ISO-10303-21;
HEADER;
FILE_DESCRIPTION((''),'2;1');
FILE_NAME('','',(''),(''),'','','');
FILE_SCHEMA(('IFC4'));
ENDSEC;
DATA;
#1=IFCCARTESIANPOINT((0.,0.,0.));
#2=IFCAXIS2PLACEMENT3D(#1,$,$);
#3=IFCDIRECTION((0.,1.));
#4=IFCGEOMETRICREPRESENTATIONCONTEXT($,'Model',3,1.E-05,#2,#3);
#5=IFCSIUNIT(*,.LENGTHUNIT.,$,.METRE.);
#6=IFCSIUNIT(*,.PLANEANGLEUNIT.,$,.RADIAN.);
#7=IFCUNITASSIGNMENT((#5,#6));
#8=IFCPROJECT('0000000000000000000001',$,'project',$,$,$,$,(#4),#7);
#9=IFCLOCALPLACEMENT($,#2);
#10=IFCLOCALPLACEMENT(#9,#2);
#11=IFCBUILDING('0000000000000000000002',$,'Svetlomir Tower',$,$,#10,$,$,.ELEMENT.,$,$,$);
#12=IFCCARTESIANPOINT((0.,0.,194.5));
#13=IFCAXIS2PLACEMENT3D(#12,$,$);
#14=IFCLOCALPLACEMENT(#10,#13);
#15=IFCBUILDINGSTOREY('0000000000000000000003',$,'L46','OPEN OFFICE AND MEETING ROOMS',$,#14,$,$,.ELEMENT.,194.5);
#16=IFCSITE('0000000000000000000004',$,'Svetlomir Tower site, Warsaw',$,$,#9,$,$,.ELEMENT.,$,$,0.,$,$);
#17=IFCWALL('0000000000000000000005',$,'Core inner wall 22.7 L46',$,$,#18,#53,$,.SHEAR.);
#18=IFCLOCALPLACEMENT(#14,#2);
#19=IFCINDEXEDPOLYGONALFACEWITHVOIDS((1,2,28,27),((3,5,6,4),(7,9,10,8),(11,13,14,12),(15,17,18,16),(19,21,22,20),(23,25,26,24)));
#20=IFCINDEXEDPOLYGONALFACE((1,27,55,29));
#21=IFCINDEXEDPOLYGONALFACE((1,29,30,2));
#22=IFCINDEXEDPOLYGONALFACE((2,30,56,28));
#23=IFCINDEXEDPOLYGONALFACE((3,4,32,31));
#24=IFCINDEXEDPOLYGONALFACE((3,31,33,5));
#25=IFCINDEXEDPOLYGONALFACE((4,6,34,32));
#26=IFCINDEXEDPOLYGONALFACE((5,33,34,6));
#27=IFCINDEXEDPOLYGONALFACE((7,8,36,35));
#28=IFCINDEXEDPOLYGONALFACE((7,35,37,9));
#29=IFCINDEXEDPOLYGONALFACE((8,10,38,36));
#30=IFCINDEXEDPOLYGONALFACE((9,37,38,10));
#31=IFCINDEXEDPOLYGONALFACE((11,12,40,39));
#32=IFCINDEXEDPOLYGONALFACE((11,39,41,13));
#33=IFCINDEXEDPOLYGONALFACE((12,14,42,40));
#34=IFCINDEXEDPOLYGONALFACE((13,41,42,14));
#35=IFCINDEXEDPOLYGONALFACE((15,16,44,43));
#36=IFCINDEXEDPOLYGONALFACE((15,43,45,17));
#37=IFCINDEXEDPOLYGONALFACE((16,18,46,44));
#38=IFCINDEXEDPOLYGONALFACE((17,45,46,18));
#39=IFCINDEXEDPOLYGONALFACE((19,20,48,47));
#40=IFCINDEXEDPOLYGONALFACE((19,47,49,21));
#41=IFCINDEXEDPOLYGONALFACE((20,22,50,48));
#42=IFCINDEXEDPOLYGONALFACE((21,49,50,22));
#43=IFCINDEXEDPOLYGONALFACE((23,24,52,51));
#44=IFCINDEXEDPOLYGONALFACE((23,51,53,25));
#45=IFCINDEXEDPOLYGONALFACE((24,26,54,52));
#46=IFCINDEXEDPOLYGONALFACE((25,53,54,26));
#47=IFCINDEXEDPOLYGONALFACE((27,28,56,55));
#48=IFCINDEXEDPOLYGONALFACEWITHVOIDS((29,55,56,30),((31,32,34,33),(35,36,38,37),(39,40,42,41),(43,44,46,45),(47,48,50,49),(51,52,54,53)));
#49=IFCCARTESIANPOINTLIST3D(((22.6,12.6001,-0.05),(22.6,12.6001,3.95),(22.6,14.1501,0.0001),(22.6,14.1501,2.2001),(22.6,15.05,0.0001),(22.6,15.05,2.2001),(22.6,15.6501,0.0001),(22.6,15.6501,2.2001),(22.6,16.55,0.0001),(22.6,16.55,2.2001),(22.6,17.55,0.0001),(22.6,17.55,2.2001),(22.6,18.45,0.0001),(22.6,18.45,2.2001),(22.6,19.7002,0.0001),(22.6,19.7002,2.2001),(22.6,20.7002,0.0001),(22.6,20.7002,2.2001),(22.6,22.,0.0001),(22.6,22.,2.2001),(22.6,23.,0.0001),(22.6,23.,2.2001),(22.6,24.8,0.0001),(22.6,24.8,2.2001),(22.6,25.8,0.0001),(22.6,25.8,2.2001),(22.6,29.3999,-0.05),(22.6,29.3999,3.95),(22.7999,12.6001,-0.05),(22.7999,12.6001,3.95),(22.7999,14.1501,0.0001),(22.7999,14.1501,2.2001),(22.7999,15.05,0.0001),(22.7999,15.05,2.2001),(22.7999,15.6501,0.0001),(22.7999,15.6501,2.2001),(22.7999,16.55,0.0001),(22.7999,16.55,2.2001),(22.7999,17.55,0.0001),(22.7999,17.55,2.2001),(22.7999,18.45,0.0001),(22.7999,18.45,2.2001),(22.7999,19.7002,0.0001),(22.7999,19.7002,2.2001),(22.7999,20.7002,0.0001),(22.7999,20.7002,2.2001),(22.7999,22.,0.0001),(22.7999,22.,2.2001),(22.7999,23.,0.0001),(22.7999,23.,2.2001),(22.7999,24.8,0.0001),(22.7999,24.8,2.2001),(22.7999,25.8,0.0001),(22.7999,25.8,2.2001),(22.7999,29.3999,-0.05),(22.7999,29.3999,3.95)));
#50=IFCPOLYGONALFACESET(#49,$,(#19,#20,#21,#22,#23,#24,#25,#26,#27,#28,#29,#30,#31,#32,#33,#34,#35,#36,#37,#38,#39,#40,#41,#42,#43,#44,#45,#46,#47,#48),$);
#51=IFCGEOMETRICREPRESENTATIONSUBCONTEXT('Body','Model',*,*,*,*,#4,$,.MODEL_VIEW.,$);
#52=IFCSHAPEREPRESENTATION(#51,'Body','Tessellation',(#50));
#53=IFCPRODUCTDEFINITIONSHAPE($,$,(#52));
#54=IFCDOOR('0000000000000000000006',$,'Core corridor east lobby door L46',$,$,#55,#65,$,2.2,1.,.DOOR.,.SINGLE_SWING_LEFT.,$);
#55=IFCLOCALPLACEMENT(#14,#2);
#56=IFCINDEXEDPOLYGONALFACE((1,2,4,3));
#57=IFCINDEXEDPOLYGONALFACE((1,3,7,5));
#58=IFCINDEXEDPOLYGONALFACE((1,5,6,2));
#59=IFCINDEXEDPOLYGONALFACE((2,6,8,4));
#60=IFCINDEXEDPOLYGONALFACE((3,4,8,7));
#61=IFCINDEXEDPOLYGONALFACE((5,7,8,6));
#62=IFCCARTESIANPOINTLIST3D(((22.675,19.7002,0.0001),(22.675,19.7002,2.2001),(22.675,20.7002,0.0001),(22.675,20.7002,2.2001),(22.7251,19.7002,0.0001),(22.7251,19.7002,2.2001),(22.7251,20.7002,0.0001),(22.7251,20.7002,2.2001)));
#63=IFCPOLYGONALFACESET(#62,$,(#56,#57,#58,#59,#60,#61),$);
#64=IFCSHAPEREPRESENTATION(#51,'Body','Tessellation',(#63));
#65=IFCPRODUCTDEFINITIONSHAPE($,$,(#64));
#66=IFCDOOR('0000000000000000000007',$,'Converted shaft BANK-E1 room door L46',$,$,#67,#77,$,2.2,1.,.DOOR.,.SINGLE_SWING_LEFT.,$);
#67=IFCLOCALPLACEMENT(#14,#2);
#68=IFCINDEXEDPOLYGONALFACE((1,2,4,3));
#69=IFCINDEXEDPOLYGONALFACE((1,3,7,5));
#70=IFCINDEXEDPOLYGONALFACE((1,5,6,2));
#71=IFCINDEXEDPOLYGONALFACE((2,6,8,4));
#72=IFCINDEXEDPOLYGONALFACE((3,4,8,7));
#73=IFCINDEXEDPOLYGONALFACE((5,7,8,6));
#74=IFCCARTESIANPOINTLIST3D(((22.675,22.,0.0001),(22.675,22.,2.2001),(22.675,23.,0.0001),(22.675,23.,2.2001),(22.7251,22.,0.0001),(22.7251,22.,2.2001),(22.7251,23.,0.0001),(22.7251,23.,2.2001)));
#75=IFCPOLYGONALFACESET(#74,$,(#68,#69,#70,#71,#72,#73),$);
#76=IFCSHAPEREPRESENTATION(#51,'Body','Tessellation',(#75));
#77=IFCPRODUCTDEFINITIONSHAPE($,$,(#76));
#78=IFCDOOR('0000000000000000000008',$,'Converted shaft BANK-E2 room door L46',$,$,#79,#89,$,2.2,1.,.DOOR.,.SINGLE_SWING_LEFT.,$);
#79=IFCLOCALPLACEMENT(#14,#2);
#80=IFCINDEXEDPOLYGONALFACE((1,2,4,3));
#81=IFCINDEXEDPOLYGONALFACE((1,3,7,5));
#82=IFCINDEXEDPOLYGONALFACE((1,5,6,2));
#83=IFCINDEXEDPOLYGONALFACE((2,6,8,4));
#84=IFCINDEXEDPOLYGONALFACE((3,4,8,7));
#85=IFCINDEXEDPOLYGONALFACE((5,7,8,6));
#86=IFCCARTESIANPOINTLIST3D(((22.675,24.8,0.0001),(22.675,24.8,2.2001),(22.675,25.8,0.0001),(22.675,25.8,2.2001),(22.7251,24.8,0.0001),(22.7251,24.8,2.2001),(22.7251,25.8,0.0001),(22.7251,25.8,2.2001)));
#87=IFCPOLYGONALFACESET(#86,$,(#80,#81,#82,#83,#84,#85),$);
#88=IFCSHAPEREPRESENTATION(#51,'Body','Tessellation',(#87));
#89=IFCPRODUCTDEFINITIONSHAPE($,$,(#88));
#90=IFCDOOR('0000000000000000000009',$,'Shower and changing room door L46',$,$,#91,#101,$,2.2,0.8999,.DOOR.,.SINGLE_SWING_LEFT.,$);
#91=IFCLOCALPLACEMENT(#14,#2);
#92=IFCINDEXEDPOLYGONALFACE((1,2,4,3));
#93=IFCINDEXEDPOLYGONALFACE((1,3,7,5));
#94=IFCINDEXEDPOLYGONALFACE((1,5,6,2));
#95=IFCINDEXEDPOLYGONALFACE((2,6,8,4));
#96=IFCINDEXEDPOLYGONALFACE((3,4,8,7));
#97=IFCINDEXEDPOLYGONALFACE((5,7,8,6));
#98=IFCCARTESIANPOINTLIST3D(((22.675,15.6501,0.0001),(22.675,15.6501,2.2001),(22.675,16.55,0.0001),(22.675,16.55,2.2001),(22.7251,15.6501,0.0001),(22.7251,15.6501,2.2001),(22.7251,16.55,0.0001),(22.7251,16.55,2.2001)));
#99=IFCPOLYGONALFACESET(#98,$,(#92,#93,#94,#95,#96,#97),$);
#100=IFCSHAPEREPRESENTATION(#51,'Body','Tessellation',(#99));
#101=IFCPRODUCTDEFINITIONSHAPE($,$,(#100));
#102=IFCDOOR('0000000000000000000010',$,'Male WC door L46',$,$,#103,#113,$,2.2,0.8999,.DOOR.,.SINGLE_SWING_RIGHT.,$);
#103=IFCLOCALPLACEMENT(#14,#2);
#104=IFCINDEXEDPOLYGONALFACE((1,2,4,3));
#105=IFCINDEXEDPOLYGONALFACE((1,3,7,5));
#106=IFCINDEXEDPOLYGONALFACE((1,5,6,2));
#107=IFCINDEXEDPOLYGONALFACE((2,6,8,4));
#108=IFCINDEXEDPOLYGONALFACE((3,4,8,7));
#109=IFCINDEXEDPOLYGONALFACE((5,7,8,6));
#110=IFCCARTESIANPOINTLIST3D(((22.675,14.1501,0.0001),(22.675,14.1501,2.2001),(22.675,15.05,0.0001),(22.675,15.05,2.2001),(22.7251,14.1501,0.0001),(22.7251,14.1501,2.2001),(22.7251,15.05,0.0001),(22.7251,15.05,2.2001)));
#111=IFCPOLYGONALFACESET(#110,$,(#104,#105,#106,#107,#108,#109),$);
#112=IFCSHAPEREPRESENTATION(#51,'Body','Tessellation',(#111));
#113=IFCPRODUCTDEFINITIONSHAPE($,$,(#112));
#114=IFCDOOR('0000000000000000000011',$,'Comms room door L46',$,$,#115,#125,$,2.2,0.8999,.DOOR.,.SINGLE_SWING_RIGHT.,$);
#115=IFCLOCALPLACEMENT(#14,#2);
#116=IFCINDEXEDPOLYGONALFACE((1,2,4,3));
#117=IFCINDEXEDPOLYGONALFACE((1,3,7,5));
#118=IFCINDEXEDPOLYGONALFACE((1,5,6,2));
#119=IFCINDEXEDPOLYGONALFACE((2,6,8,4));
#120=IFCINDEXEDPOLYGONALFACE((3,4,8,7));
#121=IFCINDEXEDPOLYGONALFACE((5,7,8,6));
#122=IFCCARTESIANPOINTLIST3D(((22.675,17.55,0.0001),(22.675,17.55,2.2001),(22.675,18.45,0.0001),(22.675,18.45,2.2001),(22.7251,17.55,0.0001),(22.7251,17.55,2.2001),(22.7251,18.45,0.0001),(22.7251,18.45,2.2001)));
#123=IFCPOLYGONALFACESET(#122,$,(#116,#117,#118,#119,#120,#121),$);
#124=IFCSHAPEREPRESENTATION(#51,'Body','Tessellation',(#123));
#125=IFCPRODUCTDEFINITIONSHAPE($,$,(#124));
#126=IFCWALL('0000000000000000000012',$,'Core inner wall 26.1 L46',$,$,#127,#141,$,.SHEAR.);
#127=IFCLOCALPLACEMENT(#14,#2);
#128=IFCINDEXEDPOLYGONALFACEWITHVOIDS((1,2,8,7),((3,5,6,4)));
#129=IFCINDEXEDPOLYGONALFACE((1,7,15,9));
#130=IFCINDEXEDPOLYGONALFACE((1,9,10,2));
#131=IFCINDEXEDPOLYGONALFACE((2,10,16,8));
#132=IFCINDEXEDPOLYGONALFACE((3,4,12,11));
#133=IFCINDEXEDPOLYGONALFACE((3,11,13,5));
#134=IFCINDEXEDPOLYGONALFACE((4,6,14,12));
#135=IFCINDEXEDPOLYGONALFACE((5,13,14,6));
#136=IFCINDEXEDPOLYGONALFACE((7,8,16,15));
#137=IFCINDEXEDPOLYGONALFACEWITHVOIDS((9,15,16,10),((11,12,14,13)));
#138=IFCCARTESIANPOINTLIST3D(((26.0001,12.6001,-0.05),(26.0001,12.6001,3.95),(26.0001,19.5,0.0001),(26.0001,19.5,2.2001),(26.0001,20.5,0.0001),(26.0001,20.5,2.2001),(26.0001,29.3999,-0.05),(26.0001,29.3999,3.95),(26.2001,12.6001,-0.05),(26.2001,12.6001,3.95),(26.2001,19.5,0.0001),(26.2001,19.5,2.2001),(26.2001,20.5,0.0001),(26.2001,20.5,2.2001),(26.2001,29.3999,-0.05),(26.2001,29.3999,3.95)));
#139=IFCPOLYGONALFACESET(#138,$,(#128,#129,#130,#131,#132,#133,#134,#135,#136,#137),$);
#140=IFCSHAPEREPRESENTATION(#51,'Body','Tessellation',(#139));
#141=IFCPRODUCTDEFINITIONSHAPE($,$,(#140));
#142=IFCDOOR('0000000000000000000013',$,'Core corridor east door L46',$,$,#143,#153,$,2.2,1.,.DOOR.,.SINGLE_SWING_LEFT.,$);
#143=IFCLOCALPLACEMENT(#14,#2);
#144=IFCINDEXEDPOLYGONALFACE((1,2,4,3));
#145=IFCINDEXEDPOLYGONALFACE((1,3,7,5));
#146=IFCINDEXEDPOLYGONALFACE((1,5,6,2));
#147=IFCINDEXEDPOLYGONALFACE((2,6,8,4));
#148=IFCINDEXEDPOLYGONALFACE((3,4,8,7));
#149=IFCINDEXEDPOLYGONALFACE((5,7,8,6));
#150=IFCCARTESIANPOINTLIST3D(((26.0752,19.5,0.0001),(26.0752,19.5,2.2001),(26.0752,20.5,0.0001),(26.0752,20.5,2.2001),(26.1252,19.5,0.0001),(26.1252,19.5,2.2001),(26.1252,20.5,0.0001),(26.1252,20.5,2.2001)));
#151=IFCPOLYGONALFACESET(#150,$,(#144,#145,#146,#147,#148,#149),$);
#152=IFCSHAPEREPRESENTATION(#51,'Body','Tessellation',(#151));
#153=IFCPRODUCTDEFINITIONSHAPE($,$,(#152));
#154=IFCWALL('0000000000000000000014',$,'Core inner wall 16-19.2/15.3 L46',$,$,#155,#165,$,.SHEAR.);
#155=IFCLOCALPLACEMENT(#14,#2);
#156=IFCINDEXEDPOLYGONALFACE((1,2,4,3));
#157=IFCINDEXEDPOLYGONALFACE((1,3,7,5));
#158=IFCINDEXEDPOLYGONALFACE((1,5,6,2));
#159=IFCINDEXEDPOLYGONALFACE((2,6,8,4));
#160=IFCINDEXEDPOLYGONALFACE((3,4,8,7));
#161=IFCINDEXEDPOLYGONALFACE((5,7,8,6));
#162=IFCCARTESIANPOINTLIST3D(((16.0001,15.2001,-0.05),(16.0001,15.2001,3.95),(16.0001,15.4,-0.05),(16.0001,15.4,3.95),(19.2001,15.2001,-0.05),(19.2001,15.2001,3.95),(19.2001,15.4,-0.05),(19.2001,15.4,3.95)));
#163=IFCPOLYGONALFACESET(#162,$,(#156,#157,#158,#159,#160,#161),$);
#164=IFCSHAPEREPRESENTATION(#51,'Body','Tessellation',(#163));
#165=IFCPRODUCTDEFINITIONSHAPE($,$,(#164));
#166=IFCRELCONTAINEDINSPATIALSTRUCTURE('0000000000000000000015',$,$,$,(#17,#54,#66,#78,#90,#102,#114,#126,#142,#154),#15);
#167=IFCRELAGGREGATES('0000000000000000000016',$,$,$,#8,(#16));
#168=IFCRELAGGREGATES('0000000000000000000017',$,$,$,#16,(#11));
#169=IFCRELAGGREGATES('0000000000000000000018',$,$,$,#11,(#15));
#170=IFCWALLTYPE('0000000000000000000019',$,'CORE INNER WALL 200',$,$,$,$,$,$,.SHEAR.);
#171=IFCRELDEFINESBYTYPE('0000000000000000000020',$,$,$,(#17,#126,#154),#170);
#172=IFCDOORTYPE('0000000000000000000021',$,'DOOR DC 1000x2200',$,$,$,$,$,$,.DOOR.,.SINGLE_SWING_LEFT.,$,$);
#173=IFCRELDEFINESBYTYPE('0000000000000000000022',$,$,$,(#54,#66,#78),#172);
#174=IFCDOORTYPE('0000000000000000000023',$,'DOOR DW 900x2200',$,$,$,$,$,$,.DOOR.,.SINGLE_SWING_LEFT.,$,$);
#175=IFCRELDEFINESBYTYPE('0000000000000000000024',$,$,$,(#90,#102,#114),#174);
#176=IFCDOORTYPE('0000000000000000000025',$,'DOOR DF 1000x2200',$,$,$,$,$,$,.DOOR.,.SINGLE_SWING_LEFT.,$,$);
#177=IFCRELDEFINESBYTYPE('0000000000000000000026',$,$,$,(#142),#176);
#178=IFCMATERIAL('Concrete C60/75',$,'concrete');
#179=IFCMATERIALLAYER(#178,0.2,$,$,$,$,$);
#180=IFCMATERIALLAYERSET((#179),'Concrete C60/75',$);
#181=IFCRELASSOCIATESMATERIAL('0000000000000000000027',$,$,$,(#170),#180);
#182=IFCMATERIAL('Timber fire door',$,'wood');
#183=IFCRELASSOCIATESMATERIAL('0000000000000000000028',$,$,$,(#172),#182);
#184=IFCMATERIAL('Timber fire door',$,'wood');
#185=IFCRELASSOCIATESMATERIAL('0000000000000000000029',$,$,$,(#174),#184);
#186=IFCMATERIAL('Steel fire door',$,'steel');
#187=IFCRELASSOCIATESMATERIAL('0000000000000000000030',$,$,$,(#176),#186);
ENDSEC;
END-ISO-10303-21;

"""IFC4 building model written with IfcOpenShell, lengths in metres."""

from ifc_helpers import new_model, si_unit, direction, frame, frame_2d, origin, place, context, subcontext, project, spatial, rectangle, extrude, material, layer, layer_set, type_object, element, fill, save


model = new_model("IFC4")

# Units and contexts
model_context = context("Model", 3, precision=1e-05, world=origin(), true_north=direction((0.0, 1.0)))
body_context = subcontext(model_context, "Body", "Model", "MODEL_VIEW")
ifc_project = project(units=[si_unit("LENGTHUNIT", "METRE"), si_unit("PLANEANGLEUNIT", "RADIAN")], contexts=[model_context])

# Site, building, storey
site_placement = place(None, origin())
site = spatial("IfcSite", under=ifc_project, at=site_placement, Name="Svetlomir Tower site, Warsaw", CompositionType="ELEMENT", RefElevation=0.0)
building_placement = place(site_placement, origin())
building = spatial("IfcBuilding", under=site, at=building_placement, Name="Svetlomir Tower", CompositionType="ELEMENT")
storey_placement = place(building_placement, frame((0.0, 0.0, 194.5)))
storey = spatial("IfcBuildingStorey", under=building, at=storey_placement, Name="L46", Description="OPEN OFFICE AND MEETING ROOMS", CompositionType="ELEMENT", Elevation=194.5)

# Wall, openings, doors
ifc_material_1 = material(Name="Concrete C60/75", Category="concrete")
ifc_layer_1 = layer(ifc_material_1, 0.2)
ifc_layer_set_1 = layer_set([ifc_layer_1], Name="Concrete C60/75")
wall_type_1 = type_object("IfcWallType", Name="CORE INNER WALL 200", PredefinedType="SHEAR", material=ifc_layer_set_1)
wall_1_placement = place(storey_placement, frame((22.7, 12.6001, -0.05), z_axis=(0.0, 0.0, 1.0), x_axis=(0.0, 1.0, 0.0)))
wall_1 = element("IfcWall", 1, at=wall_1_placement, inside=storey, type_object=wall_type_1, Name="Core inner wall 22.7 L46", PredefinedType="SHEAR", context=body_context, shape_type="SweptSolid", body=[
    extrude(rectangle(XDim=16.7998, YDim=0.2, at=frame_2d((8.3999, 0.0))), origin(), (0.0, 0.0, 1.0), 4.0),
])
opening_1_placement = place(wall_1_placement, frame((3.05, 0.0, 0.05)))
opening_1 = element("IfcOpeningElement", 2, at=opening_1_placement, cuts=wall_1, PredefinedType="OPENING", context=body_context, shape_type="SweptSolid", body=[
    extrude(rectangle(XDim=0.8999, YDim=2.2, at=frame_2d((0.45, 1.1001))), frame((0.0, 0.1099, 0.0), z_axis=(0.0, -1.0, 0.0), x_axis=(1.0, 0.0, 0.0)), (0.0, 0.0, 1.0), 0.22),
])
opening_2_placement = place(wall_1_placement, frame((7.1001, 0.0, 0.05)))
opening_2 = element("IfcOpeningElement", 3, at=opening_2_placement, cuts=wall_1, PredefinedType="OPENING", context=body_context, shape_type="SweptSolid", body=[
    extrude(rectangle(XDim=1.0, YDim=2.2, at=frame_2d((0.5, 1.1001))), frame((0.0, 0.1099, 0.0), z_axis=(0.0, -1.0, 0.0), x_axis=(1.0, 0.0, 0.0)), (0.0, 0.0, 1.0), 0.22),
])
opening_3_placement = place(wall_1_placement, frame((1.55, 0.0, 0.05)))
opening_3 = element("IfcOpeningElement", 4, at=opening_3_placement, cuts=wall_1, PredefinedType="OPENING", context=body_context, shape_type="SweptSolid", body=[
    extrude(rectangle(XDim=0.8999, YDim=2.2, at=frame_2d((0.45, 1.1001))), frame((0.0, 0.1099, 0.0), z_axis=(0.0, -1.0, 0.0), x_axis=(1.0, 0.0, 0.0)), (0.0, 0.0, 1.0), 0.22),
])
opening_4_placement = place(wall_1_placement, frame((4.95, 0.0, 0.05)))
opening_4 = element("IfcOpeningElement", 5, at=opening_4_placement, cuts=wall_1, PredefinedType="OPENING", context=body_context, shape_type="SweptSolid", body=[
    extrude(rectangle(XDim=0.8999, YDim=2.2, at=frame_2d((0.45, 1.1001))), frame((0.0, 0.1099, 0.0), z_axis=(0.0, -1.0, 0.0), x_axis=(1.0, 0.0, 0.0)), (0.0, 0.0, 1.0), 0.22),
])
opening_5_placement = place(wall_1_placement, frame((9.3999, 0.0, 0.05)))
opening_5 = element("IfcOpeningElement", 6, at=opening_5_placement, cuts=wall_1, PredefinedType="OPENING", context=body_context, shape_type="SweptSolid", body=[
    extrude(rectangle(XDim=1.0, YDim=2.2, at=frame_2d((0.5, 1.1001))), frame((0.0, 0.1099, 0.0), z_axis=(0.0, -1.0, 0.0), x_axis=(1.0, 0.0, 0.0)), (0.0, 0.0, 1.0), 0.22),
])
opening_6_placement = place(wall_1_placement, frame((12.2, 0.0, 0.05)))
opening_6 = element("IfcOpeningElement", 7, at=opening_6_placement, cuts=wall_1, PredefinedType="OPENING", context=body_context, shape_type="SweptSolid", body=[
    extrude(rectangle(XDim=1.0, YDim=2.2, at=frame_2d((0.5, 1.1001))), frame((0.0, 0.1099, 0.0), z_axis=(0.0, -1.0, 0.0), x_axis=(1.0, 0.0, 0.0)), (0.0, 0.0, 1.0), 0.22),
])
ifc_material_2 = material(Name="Timber fire door", Category="wood")
door_type_1 = type_object("IfcDoorType", Name="DOOR DC 1000x2200", OperationType="SINGLE_SWING_LEFT", PredefinedType="DOOR", material=ifc_material_2)
door_1_placement = place(opening_2_placement, origin())
door_1 = element("IfcDoor", 8, at=door_1_placement, inside=storey, type_object=door_type_1, Name="Core corridor east lobby door L46", OperationType="SINGLE_SWING_LEFT", OverallHeight=2.2, OverallWidth=1.0, PredefinedType="DOOR", context=body_context, shape_type="SweptSolid", body=[
    extrude(rectangle(XDim=1.0, YDim=2.2, at=frame_2d((0.5, 1.1001))), frame((0.0, 0.0249, 0.0), z_axis=(0.0, -1.0, 0.0), x_axis=(1.0, 0.0, 0.0)), (0.0, 0.0, 1.0), 0.05),
])
fill(opening_2, door_1)
door_2_placement = place(opening_5_placement, origin())
door_2 = element("IfcDoor", 9, at=door_2_placement, inside=storey, type_object=door_type_1, Name="Converted shaft BANK-E1 room door L46", OperationType="SINGLE_SWING_LEFT", OverallHeight=2.2, OverallWidth=1.0, PredefinedType="DOOR", context=body_context, shape_type="SweptSolid", body=[
    extrude(rectangle(XDim=1.0, YDim=2.2, at=frame_2d((0.5, 1.1001))), frame((0.0, 0.0249, 0.0), z_axis=(0.0, -1.0, 0.0), x_axis=(1.0, 0.0, 0.0)), (0.0, 0.0, 1.0), 0.05),
])
fill(opening_5, door_2)
door_3_placement = place(opening_6_placement, origin())
door_3 = element("IfcDoor", 10, at=door_3_placement, inside=storey, type_object=door_type_1, Name="Converted shaft BANK-E2 room door L46", OperationType="SINGLE_SWING_LEFT", OverallHeight=2.2, OverallWidth=1.0, PredefinedType="DOOR", context=body_context, shape_type="SweptSolid", body=[
    extrude(rectangle(XDim=1.0, YDim=2.2, at=frame_2d((0.5, 1.1001))), frame((0.0, 0.0249, 0.0), z_axis=(0.0, -1.0, 0.0), x_axis=(1.0, 0.0, 0.0)), (0.0, 0.0, 1.0), 0.05),
])
fill(opening_6, door_3)
ifc_material_3 = material(Name="Timber fire door", Category="wood")
door_type_2 = type_object("IfcDoorType", Name="DOOR DW 900x2200", OperationType="SINGLE_SWING_LEFT", PredefinedType="DOOR", material=ifc_material_3)
door_4_placement = place(opening_1_placement, origin())
door_4 = element("IfcDoor", 11, at=door_4_placement, inside=storey, type_object=door_type_2, Name="Shower and changing room door L46", OperationType="SINGLE_SWING_LEFT", OverallHeight=2.2, OverallWidth=0.8999, PredefinedType="DOOR", context=body_context, shape_type="SweptSolid", body=[
    extrude(rectangle(XDim=0.8999, YDim=2.2, at=frame_2d((0.45, 1.1001))), frame((0.0, 0.0249, 0.0), z_axis=(0.0, -1.0, 0.0), x_axis=(1.0, 0.0, 0.0)), (0.0, 0.0, 1.0), 0.05),
])
fill(opening_1, door_4)
door_5_placement = place(opening_3_placement, origin())
door_5 = element("IfcDoor", 12, at=door_5_placement, inside=storey, type_object=door_type_2, Name="Male WC door L46", OperationType="SINGLE_SWING_RIGHT", OverallHeight=2.2, OverallWidth=0.8999, PredefinedType="DOOR", context=body_context, shape_type="SweptSolid", body=[
    extrude(rectangle(XDim=0.8999, YDim=2.2, at=frame_2d((0.45, 1.1001))), frame((0.0, 0.0249, 0.0), z_axis=(0.0, -1.0, 0.0), x_axis=(1.0, 0.0, 0.0)), (0.0, 0.0, 1.0), 0.05),
])
fill(opening_3, door_5)
door_6_placement = place(opening_4_placement, origin())
door_6 = element("IfcDoor", 13, at=door_6_placement, inside=storey, type_object=door_type_2, Name="Comms room door L46", OperationType="SINGLE_SWING_RIGHT", OverallHeight=2.2, OverallWidth=0.8999, PredefinedType="DOOR", context=body_context, shape_type="SweptSolid", body=[
    extrude(rectangle(XDim=0.8999, YDim=2.2, at=frame_2d((0.45, 1.1001))), frame((0.0, 0.0249, 0.0), z_axis=(0.0, -1.0, 0.0), x_axis=(1.0, 0.0, 0.0)), (0.0, 0.0, 1.0), 0.05),
])
fill(opening_4, door_6)

# Wall, opening, door
wall_2_placement = place(storey_placement, frame((26.1001, 12.6001, -0.05), z_axis=(0.0, 0.0, 1.0), x_axis=(0.0, 1.0, 0.0)))
wall_2 = element("IfcWall", 14, at=wall_2_placement, inside=storey, type_object=wall_type_1, Name="Core inner wall 26.1 L46", PredefinedType="SHEAR", context=body_context, shape_type="SweptSolid", body=[
    extrude(rectangle(XDim=16.7998, YDim=0.2, at=frame_2d((8.3999, 0.0))), origin(), (0.0, 0.0, 1.0), 4.0),
])
opening_7_placement = place(wall_2_placement, frame((6.8999, 0.0, 0.05)))
opening_7 = element("IfcOpeningElement", 15, at=opening_7_placement, cuts=wall_2, PredefinedType="OPENING", context=body_context, shape_type="SweptSolid", body=[
    extrude(rectangle(XDim=1.0, YDim=2.2, at=frame_2d((0.5, 1.1001))), frame((0.0, 0.1099, 0.0), z_axis=(0.0, -1.0, 0.0), x_axis=(1.0, 0.0, 0.0)), (0.0, 0.0, 1.0), 0.22),
])
ifc_material_4 = material(Name="Steel fire door", Category="steel")
door_type_3 = type_object("IfcDoorType", Name="DOOR DF 1000x2200", OperationType="SINGLE_SWING_LEFT", PredefinedType="DOOR", material=ifc_material_4)
door_7_placement = place(opening_7_placement, origin())
door_7 = element("IfcDoor", 16, at=door_7_placement, inside=storey, type_object=door_type_3, Name="Core corridor east door L46", OperationType="SINGLE_SWING_LEFT", OverallHeight=2.2, OverallWidth=1.0, PredefinedType="DOOR", context=body_context, shape_type="SweptSolid", body=[
    extrude(rectangle(XDim=1.0, YDim=2.2, at=frame_2d((0.5, 1.1001))), frame((0.0, 0.0249, 0.0), z_axis=(0.0, -1.0, 0.0), x_axis=(1.0, 0.0, 0.0)), (0.0, 0.0, 1.0), 0.05),
])
fill(opening_7, door_7)

# Wall
for number, where, z_axis, x_axis, name in (
    (17, (16.0, 15.3, -0.05), (0.0, 0.0, 1.0), (1.0, 0.0, 0.0), "Core inner wall 16-19.2/15.3 L46"),
):
    element("IfcWall", number, at=place(storey_placement, frame(where, z_axis=z_axis, x_axis=x_axis)), inside=storey, type_object=wall_type_1, Name=name, PredefinedType="SHEAR", context=body_context, shape_type="SweptSolid", body=[
        extrude(rectangle(XDim=3.2, YDim=0.2, at=frame_2d((1.6001, 0.0))), origin(), (0.0, 0.0, 1.0), 4.0),
    ])

save(model, "model.ifc")
